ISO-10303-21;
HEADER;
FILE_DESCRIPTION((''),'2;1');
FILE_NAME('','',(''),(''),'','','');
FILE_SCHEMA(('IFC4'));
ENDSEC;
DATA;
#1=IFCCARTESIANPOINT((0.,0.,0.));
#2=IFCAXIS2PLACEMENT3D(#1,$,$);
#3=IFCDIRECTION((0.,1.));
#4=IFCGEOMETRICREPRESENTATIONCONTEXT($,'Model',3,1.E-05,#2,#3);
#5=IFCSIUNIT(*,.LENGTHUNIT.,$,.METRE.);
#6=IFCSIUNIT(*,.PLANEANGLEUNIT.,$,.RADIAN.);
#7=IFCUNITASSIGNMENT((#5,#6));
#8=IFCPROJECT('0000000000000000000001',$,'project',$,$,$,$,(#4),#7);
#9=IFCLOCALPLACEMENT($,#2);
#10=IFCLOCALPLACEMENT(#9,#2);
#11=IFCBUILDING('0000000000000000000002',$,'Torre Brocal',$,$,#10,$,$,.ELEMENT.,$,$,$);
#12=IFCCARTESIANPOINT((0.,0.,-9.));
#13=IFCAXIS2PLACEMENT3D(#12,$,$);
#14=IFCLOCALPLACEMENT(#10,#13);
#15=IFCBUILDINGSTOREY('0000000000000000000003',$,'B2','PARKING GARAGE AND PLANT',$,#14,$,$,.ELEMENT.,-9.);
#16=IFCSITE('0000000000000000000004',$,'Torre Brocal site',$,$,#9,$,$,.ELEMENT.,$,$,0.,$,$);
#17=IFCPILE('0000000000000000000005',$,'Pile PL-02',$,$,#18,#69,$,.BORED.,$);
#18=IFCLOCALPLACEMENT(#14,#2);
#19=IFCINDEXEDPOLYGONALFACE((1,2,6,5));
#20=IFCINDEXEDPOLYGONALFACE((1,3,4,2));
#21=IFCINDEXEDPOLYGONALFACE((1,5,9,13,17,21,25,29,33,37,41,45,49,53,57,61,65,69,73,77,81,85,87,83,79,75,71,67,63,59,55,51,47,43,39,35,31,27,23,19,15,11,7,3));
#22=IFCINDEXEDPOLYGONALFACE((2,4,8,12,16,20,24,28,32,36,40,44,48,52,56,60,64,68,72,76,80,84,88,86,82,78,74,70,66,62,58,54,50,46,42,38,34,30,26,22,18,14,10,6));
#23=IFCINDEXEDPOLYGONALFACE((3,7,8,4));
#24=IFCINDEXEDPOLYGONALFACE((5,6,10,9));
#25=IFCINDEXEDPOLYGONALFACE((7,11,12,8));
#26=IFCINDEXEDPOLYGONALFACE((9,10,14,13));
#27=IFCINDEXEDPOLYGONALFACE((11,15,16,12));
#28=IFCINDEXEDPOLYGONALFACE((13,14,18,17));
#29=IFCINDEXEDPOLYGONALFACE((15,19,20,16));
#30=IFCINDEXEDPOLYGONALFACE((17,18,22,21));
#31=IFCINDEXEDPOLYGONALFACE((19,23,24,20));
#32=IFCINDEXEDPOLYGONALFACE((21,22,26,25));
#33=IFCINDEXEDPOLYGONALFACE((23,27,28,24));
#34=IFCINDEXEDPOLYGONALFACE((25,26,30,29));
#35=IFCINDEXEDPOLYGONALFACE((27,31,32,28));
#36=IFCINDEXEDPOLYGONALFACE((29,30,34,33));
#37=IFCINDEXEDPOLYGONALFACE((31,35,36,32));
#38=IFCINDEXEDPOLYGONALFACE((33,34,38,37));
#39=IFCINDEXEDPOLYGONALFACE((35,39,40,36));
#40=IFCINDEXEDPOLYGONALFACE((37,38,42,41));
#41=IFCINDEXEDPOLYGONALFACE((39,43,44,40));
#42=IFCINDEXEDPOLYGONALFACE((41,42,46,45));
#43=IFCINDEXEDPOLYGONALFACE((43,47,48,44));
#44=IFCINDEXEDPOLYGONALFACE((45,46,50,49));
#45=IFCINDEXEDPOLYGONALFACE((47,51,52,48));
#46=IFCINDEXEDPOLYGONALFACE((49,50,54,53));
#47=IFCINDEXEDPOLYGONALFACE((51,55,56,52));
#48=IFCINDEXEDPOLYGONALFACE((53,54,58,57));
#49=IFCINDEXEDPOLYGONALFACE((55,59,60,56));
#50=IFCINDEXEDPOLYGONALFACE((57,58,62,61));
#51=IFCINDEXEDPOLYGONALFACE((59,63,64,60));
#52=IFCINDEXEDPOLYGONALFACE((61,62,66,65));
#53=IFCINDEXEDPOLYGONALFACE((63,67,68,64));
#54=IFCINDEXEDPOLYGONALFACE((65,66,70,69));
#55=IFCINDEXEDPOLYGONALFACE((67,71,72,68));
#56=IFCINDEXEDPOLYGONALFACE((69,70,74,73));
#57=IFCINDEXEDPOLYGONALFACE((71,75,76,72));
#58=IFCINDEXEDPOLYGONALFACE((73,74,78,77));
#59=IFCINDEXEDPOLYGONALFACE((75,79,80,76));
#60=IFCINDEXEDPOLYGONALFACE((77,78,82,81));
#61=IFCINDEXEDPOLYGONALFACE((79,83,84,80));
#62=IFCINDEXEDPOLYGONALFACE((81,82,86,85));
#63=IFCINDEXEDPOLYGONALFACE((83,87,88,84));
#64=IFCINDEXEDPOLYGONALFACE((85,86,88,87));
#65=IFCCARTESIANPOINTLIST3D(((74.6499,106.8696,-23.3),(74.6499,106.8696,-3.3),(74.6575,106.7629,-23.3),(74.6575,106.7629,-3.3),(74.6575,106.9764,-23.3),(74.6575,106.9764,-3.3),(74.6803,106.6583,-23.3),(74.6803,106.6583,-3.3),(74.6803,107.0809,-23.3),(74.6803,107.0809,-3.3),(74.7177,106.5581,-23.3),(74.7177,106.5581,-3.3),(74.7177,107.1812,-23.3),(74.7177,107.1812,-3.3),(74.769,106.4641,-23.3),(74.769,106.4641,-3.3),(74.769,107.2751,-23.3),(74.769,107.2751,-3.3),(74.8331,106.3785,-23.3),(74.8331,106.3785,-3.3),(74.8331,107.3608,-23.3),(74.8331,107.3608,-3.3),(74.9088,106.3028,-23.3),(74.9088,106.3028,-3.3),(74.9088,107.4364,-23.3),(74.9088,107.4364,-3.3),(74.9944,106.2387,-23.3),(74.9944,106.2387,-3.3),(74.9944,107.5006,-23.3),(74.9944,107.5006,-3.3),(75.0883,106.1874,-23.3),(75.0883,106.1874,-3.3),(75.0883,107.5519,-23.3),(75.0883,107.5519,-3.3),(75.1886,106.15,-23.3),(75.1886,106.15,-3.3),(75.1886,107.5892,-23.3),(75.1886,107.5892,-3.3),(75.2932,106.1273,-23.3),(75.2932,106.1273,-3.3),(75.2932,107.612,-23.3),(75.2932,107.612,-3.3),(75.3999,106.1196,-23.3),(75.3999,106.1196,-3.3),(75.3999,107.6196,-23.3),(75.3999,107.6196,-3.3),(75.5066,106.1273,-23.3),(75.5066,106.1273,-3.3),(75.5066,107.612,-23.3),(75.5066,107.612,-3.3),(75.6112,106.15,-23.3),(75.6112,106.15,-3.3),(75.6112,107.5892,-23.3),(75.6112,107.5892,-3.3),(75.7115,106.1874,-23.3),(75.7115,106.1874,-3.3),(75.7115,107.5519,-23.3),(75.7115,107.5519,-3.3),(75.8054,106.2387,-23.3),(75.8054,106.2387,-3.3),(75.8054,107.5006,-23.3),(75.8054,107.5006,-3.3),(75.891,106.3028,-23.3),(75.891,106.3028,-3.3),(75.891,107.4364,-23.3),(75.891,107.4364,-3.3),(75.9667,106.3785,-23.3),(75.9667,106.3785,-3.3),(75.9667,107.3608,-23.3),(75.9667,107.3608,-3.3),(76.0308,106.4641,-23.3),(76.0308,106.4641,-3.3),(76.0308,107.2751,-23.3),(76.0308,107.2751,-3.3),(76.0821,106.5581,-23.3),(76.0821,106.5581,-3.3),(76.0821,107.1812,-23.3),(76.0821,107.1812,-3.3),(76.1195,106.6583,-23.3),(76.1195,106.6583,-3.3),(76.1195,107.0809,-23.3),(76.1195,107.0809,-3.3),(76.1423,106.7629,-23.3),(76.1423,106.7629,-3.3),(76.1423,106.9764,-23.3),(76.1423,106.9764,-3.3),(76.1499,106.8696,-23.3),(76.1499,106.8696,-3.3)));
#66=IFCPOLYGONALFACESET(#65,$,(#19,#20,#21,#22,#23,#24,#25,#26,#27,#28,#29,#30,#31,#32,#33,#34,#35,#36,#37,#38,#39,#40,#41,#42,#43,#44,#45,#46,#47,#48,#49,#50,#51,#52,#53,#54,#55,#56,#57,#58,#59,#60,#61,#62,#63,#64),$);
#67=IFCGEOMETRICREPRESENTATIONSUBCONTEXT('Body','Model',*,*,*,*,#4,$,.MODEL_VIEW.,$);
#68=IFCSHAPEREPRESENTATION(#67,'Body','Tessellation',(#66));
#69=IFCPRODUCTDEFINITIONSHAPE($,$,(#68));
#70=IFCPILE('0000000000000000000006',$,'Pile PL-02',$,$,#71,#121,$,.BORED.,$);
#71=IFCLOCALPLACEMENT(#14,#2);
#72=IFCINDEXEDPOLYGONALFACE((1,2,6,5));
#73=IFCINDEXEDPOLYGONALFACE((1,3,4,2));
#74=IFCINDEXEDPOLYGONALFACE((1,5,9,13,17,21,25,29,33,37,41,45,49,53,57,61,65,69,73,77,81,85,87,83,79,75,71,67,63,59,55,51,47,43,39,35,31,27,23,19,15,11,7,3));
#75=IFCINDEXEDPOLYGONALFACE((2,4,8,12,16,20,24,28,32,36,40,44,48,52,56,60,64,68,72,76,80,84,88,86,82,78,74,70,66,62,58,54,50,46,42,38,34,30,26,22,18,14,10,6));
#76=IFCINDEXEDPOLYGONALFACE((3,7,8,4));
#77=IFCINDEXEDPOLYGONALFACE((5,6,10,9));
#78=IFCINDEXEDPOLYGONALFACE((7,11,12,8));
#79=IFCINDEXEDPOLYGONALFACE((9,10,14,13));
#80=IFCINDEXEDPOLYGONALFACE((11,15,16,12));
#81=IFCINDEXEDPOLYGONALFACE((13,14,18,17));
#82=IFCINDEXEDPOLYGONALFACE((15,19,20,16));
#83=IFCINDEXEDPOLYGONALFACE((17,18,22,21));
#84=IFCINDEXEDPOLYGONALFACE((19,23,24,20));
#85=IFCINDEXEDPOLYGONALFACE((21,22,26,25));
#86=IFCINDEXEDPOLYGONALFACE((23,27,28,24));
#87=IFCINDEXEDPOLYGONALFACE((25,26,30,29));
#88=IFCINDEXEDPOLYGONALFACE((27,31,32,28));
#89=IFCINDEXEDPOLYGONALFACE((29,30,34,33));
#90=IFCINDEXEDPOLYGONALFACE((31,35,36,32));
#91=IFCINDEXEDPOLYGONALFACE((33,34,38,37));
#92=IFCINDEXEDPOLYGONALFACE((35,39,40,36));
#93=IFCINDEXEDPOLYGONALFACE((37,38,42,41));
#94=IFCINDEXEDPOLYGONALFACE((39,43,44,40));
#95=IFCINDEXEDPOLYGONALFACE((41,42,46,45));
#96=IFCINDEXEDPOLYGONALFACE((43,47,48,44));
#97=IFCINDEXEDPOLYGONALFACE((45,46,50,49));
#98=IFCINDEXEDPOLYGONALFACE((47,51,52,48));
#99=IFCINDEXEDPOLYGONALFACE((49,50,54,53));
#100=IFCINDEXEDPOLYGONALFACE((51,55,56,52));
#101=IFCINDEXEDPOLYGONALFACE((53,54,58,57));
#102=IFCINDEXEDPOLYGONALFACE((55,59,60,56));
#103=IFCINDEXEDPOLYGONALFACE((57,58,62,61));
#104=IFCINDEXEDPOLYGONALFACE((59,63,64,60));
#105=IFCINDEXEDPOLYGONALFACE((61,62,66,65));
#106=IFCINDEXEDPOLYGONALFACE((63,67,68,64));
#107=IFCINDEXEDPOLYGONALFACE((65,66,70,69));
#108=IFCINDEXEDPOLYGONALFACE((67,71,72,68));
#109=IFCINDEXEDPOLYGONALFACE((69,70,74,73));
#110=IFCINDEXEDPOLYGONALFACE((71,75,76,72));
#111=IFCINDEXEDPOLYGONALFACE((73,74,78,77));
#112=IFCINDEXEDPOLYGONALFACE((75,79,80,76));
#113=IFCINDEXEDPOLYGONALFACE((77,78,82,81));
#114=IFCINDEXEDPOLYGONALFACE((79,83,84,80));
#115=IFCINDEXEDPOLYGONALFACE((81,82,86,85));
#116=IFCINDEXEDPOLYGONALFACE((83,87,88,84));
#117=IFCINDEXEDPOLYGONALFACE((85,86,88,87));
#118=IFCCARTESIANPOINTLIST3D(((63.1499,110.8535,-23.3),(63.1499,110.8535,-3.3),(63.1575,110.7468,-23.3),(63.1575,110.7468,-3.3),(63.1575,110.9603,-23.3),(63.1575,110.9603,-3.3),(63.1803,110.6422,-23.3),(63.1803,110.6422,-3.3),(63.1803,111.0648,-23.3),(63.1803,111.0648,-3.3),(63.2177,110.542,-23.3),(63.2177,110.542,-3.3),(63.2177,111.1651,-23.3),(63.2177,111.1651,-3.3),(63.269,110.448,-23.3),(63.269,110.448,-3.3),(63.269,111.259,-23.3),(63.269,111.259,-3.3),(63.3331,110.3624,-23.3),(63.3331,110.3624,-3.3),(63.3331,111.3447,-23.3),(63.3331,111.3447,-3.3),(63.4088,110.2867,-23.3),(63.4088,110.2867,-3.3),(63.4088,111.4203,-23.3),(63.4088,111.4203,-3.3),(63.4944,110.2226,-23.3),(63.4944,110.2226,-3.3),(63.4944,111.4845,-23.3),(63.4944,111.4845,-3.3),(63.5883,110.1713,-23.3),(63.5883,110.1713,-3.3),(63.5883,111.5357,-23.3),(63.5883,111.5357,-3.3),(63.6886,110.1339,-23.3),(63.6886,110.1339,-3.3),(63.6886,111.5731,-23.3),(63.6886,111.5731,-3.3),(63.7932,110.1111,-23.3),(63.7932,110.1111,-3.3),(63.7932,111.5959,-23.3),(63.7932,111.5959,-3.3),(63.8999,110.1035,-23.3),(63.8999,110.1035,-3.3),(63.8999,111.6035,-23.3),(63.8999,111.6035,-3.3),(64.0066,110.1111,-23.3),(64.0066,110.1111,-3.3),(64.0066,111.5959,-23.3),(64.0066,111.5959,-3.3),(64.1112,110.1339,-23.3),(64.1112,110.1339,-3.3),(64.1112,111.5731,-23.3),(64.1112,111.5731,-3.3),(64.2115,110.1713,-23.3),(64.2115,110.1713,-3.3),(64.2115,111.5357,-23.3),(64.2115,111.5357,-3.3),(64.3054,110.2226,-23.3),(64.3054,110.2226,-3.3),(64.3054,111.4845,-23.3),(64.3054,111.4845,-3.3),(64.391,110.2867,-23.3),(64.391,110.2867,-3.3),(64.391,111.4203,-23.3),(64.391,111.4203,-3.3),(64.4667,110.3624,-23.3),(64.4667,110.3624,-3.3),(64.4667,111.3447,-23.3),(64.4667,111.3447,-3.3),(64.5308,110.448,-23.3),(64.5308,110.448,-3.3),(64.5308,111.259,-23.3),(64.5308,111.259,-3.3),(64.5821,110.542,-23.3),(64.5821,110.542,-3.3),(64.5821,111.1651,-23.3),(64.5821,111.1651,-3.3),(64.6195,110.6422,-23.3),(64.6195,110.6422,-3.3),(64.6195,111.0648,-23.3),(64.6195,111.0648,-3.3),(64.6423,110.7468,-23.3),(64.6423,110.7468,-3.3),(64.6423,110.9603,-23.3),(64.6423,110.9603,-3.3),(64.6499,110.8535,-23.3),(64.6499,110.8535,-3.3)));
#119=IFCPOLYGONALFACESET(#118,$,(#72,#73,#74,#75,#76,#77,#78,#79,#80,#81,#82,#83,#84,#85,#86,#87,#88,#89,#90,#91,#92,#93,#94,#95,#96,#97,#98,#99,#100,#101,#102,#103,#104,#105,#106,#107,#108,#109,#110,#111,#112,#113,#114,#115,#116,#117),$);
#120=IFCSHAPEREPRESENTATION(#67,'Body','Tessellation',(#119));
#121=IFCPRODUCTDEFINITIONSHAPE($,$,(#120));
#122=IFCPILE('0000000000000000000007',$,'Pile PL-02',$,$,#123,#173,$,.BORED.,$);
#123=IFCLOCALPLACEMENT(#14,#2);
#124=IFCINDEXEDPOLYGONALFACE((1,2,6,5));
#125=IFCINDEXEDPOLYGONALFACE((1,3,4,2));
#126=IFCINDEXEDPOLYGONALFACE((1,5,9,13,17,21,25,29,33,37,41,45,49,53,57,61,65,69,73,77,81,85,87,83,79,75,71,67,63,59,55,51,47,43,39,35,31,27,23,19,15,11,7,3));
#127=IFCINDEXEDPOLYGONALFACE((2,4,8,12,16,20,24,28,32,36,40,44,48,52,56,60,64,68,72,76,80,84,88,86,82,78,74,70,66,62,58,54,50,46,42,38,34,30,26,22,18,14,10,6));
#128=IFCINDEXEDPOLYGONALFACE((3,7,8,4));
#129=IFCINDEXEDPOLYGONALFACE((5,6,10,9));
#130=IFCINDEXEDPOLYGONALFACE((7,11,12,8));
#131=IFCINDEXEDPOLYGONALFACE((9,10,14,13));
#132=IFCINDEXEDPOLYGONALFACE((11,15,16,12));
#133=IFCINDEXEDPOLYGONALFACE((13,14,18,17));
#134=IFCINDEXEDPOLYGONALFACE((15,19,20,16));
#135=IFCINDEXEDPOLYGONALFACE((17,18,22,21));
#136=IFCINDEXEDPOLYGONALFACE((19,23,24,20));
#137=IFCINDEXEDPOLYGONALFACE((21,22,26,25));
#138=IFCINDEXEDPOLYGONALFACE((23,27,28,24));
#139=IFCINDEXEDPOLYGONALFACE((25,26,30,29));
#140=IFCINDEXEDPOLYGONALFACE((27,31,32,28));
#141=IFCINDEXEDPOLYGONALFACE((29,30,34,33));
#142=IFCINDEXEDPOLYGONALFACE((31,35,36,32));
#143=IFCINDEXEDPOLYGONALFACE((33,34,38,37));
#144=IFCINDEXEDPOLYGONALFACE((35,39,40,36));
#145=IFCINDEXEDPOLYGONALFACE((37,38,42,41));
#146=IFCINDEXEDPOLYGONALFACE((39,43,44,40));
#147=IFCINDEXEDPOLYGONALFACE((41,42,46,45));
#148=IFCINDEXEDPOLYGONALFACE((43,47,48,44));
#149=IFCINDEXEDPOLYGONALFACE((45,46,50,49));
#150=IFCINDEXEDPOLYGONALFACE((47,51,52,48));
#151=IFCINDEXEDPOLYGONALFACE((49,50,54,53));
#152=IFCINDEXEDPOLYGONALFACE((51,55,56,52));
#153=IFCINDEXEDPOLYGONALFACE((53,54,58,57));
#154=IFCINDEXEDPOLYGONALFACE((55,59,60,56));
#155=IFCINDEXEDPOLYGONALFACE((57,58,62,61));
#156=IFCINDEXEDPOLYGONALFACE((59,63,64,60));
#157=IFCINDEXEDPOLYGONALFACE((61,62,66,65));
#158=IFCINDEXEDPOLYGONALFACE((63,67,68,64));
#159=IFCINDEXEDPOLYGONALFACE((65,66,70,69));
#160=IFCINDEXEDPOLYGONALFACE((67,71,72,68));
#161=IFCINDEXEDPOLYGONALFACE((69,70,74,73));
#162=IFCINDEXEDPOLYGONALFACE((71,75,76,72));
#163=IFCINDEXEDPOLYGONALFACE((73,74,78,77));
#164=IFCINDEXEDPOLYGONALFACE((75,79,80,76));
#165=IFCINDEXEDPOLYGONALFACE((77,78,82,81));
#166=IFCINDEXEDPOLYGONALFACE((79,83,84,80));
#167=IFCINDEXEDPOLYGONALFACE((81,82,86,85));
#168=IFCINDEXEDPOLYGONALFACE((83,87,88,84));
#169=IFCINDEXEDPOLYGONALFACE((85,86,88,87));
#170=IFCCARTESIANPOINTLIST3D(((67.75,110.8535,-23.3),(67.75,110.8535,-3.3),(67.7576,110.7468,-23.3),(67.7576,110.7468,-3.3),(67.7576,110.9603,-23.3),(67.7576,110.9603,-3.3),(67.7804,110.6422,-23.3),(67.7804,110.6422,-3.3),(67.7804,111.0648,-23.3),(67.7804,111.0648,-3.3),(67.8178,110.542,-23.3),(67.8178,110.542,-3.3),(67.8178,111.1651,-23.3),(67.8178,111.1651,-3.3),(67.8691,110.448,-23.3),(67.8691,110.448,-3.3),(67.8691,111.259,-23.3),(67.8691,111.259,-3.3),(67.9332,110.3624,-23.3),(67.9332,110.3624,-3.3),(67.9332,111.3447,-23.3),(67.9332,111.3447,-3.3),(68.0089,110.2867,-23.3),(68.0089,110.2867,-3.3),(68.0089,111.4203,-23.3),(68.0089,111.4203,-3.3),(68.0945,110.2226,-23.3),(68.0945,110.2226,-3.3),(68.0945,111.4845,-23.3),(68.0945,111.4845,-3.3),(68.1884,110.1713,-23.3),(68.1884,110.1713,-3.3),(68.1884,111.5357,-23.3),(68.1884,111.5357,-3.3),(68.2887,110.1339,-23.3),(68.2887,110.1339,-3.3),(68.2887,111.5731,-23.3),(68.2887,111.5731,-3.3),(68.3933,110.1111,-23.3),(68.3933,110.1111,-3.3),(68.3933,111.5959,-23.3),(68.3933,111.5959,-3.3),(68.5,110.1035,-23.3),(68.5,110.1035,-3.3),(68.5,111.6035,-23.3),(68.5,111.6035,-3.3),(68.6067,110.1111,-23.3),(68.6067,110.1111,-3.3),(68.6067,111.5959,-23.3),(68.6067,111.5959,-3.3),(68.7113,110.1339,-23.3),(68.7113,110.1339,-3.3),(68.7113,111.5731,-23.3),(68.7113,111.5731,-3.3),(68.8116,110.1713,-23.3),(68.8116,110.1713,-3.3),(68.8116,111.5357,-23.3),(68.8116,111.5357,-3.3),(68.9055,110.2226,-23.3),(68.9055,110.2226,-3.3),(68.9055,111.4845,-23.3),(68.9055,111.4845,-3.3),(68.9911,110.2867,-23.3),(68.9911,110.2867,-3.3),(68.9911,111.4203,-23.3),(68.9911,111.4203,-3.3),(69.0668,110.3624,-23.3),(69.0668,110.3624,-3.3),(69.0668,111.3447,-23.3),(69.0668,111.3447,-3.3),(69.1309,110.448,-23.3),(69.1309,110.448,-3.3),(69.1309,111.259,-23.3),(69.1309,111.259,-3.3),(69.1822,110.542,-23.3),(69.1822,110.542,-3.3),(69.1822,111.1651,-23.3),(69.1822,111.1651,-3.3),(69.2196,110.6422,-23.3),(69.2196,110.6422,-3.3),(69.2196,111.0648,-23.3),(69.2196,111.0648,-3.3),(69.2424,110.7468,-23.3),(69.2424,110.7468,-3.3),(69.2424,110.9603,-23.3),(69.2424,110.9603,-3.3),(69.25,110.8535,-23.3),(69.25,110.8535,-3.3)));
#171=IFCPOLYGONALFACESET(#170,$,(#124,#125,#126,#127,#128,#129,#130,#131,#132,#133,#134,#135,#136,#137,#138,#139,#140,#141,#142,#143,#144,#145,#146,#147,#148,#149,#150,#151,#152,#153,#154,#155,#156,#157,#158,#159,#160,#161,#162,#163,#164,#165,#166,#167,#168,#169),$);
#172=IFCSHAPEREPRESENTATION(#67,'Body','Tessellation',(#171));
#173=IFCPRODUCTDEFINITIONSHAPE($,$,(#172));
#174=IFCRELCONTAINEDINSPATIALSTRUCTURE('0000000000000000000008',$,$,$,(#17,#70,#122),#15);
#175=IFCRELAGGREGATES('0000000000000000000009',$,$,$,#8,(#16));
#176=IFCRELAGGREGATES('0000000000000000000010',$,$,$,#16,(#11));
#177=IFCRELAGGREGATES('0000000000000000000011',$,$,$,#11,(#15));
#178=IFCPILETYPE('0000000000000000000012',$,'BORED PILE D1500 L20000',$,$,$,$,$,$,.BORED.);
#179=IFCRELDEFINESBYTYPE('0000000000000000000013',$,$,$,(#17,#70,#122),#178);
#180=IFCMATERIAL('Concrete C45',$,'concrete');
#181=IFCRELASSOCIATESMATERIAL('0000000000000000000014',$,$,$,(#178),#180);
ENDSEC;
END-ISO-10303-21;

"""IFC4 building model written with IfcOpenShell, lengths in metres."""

from ifc_helpers import new_model, si_unit, direction, frame, origin, origin_2d, place, context, subcontext, project, spatial, circle, extrude, material, material_profile, profile_set, type_object, element, save


model = new_model("IFC4")

# Units and contexts
model_context = context("Model", 3, precision=1e-05, world=origin(), true_north=direction((0.0, 1.0)))
body_context = subcontext(model_context, "Body", "Model", "MODEL_VIEW")
ifc_project = project(units=[si_unit("LENGTHUNIT", "METRE"), si_unit("PLANEANGLEUNIT", "RADIAN")], contexts=[model_context])

# Site, building, storey
site_placement = place(None, origin())
site = spatial("IfcSite", under=ifc_project, at=site_placement, Name="Torre Brocal site", CompositionType="ELEMENT", RefElevation=0.0)
building_placement = place(site_placement, origin())
building = spatial("IfcBuilding", under=site, at=building_placement, Name="Torre Brocal", CompositionType="ELEMENT")
storey_placement = place(building_placement, frame((0.0, 0.0, -9.0)))
storey = spatial("IfcBuildingStorey", under=building, at=storey_placement, Name="B2", Description="PARKING GARAGE AND PLANT", CompositionType="ELEMENT", Elevation=-9.0)

# Piles
ifc_material_1 = material(Name="Concrete C45", Category="concrete")
ifc_material_profile_1 = material_profile(ifc_material_1, circle(Radius=0.75, at=origin_2d()), Name="BORED PILE D1500")
ifc_profile_set_1 = profile_set([ifc_material_profile_1], Name="Concrete C45")
pile_type_1 = type_object("IfcPileType", Name="BORED PILE D1500 L20000", PredefinedType="BORED", material=ifc_profile_set_1)
for number, where, z_axis, x_axis, name in (
    (1, (75.3999, 106.8696, -3.3), (0.0, 0.0, -1.0), (1.0, 0.0, 0.0), "Pile PL-02"),
    (2, (63.8999, 110.8535, -3.3), (0.0, 0.0, -1.0), (1.0, 0.0, 0.0), "Pile PL-02"),
    (3, (68.5, 110.8535, -3.3), (0.0, 0.0, -1.0), (1.0, 0.0, 0.0), "Pile PL-02"),
):
    element("IfcPile", number, at=place(storey_placement, frame(where, z_axis=z_axis, x_axis=x_axis)), inside=storey, type_object=pile_type_1, Name=name, PredefinedType="BORED", context=body_context, shape_type="SweptSolid", body=[
        extrude(circle(Radius=0.75, at=origin_2d()), origin(), (0.0, 0.0, 1.0), 20.0),
    ])

save(model, "model.ifc")
